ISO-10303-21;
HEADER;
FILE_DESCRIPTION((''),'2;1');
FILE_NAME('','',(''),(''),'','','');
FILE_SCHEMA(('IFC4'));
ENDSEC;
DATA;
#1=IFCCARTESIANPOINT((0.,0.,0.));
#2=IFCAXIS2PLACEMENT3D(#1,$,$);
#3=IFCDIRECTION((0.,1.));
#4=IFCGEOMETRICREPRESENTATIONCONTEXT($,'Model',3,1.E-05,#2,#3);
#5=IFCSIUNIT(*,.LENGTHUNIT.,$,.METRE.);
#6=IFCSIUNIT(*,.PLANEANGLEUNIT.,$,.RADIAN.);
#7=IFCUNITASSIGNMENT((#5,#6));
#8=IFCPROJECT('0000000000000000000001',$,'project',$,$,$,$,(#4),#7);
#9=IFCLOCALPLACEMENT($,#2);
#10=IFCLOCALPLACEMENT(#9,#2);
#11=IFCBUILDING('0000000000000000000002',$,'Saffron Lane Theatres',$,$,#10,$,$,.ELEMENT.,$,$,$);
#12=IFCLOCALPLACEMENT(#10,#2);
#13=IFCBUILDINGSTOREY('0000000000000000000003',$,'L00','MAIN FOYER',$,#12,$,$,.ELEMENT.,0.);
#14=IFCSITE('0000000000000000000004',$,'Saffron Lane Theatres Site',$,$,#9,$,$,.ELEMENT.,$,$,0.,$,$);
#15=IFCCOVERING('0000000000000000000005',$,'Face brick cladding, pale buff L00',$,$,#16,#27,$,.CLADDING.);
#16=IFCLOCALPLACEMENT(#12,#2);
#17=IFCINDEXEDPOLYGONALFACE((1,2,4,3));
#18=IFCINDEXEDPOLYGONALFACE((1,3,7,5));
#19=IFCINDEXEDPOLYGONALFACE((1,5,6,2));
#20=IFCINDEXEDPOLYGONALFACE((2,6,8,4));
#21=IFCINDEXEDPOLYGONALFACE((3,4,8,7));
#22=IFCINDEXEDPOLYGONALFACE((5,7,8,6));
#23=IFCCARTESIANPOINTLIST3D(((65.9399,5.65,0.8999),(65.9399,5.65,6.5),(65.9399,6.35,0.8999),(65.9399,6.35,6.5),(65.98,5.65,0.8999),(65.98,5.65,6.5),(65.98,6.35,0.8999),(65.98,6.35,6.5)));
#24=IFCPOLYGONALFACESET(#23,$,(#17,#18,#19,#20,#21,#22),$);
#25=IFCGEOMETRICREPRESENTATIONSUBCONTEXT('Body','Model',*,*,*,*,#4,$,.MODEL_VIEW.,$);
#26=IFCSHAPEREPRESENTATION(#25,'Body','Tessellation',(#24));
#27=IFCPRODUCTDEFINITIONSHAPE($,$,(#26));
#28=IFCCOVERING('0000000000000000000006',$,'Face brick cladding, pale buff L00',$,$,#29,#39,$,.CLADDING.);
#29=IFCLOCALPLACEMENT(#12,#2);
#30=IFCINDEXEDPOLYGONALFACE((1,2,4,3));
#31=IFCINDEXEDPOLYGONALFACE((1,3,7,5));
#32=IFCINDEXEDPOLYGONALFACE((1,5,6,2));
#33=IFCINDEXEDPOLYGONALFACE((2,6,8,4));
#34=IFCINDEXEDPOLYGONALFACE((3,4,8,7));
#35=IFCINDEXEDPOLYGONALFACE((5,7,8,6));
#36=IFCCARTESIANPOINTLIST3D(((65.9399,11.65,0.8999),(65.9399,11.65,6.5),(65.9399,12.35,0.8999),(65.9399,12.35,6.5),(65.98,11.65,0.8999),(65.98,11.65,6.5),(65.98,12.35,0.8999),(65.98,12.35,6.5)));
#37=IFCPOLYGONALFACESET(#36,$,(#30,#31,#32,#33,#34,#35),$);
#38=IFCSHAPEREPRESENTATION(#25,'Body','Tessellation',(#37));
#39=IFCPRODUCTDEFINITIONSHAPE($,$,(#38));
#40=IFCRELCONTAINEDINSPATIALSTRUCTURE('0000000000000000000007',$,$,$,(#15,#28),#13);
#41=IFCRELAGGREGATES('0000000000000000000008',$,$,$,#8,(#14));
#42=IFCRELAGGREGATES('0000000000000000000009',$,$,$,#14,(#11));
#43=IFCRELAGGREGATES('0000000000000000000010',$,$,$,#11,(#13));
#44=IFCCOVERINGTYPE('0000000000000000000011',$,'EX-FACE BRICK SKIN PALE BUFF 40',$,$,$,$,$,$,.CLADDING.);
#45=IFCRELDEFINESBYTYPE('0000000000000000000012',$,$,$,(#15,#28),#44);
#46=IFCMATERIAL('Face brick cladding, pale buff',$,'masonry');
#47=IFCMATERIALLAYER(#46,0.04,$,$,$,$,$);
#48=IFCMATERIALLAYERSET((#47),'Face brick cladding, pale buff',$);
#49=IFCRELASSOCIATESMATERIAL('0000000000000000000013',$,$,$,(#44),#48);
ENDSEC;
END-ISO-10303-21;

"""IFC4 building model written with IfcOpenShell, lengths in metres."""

from ifc_helpers import new_model, si_unit, direction, frame, origin, origin_2d, place, context, subcontext, project, spatial, rectangle, extrude, material, layer, layer_set, type_object, element, save


model = new_model("IFC4")

# Units and contexts
model_context = context("Model", 3, precision=1e-05, world=origin(), true_north=direction((0.0, 1.0)))
body_context = subcontext(model_context, "Body", "Model", "MODEL_VIEW")
ifc_project = project(units=[si_unit("LENGTHUNIT", "METRE"), si_unit("PLANEANGLEUNIT", "RADIAN")], contexts=[model_context])

# Site, building, storey
site_placement = place(None, origin())
site = spatial("IfcSite", under=ifc_project, at=site_placement, Name="Saffron Lane Theatres Site", CompositionType="ELEMENT", RefElevation=0.0)
building_placement = place(site_placement, origin())
building = spatial("IfcBuilding", under=site, at=building_placement, Name="Saffron Lane Theatres", CompositionType="ELEMENT")
storey_placement = place(building_placement, origin())
storey = spatial("IfcBuildingStorey", under=building, at=storey_placement, Name="L00", Description="MAIN FOYER", CompositionType="ELEMENT", Elevation=0.0)

# Coverings
ifc_material_1 = material(Name="Face brick cladding, pale buff", Category="masonry")
ifc_layer_1 = layer(ifc_material_1, 0.04)
ifc_layer_set_1 = layer_set([ifc_layer_1], Name="Face brick cladding, pale buff")
covering_type_1 = type_object("IfcCoveringType", Name="EX-FACE BRICK SKIN PALE BUFF 40", PredefinedType="CLADDING", material=ifc_layer_set_1)
for number, where, z_axis, x_axis, name in (
    (1, (65.96, 6.0, 0.8999), (0.0, 0.0, 1.0), (0.0, 1.0, 0.0), "Face brick cladding, pale buff L00"),
    (2, (65.96, 12.0, 0.8999), (0.0, 0.0, 1.0), (0.0, 1.0, 0.0), "Face brick cladding, pale buff L00"),
):
    element("IfcCovering", number, at=place(storey_placement, frame(where, z_axis=z_axis, x_axis=x_axis)), inside=storey, type_object=covering_type_1, Name=name, PredefinedType="CLADDING", context=body_context, shape_type="SweptSolid", body=[
        extrude(rectangle(XDim=0.7, YDim=0.04, at=origin_2d()), origin(), (0.0, 0.0, 1.0), 5.6001),
    ])

save(model, "model.ifc")
